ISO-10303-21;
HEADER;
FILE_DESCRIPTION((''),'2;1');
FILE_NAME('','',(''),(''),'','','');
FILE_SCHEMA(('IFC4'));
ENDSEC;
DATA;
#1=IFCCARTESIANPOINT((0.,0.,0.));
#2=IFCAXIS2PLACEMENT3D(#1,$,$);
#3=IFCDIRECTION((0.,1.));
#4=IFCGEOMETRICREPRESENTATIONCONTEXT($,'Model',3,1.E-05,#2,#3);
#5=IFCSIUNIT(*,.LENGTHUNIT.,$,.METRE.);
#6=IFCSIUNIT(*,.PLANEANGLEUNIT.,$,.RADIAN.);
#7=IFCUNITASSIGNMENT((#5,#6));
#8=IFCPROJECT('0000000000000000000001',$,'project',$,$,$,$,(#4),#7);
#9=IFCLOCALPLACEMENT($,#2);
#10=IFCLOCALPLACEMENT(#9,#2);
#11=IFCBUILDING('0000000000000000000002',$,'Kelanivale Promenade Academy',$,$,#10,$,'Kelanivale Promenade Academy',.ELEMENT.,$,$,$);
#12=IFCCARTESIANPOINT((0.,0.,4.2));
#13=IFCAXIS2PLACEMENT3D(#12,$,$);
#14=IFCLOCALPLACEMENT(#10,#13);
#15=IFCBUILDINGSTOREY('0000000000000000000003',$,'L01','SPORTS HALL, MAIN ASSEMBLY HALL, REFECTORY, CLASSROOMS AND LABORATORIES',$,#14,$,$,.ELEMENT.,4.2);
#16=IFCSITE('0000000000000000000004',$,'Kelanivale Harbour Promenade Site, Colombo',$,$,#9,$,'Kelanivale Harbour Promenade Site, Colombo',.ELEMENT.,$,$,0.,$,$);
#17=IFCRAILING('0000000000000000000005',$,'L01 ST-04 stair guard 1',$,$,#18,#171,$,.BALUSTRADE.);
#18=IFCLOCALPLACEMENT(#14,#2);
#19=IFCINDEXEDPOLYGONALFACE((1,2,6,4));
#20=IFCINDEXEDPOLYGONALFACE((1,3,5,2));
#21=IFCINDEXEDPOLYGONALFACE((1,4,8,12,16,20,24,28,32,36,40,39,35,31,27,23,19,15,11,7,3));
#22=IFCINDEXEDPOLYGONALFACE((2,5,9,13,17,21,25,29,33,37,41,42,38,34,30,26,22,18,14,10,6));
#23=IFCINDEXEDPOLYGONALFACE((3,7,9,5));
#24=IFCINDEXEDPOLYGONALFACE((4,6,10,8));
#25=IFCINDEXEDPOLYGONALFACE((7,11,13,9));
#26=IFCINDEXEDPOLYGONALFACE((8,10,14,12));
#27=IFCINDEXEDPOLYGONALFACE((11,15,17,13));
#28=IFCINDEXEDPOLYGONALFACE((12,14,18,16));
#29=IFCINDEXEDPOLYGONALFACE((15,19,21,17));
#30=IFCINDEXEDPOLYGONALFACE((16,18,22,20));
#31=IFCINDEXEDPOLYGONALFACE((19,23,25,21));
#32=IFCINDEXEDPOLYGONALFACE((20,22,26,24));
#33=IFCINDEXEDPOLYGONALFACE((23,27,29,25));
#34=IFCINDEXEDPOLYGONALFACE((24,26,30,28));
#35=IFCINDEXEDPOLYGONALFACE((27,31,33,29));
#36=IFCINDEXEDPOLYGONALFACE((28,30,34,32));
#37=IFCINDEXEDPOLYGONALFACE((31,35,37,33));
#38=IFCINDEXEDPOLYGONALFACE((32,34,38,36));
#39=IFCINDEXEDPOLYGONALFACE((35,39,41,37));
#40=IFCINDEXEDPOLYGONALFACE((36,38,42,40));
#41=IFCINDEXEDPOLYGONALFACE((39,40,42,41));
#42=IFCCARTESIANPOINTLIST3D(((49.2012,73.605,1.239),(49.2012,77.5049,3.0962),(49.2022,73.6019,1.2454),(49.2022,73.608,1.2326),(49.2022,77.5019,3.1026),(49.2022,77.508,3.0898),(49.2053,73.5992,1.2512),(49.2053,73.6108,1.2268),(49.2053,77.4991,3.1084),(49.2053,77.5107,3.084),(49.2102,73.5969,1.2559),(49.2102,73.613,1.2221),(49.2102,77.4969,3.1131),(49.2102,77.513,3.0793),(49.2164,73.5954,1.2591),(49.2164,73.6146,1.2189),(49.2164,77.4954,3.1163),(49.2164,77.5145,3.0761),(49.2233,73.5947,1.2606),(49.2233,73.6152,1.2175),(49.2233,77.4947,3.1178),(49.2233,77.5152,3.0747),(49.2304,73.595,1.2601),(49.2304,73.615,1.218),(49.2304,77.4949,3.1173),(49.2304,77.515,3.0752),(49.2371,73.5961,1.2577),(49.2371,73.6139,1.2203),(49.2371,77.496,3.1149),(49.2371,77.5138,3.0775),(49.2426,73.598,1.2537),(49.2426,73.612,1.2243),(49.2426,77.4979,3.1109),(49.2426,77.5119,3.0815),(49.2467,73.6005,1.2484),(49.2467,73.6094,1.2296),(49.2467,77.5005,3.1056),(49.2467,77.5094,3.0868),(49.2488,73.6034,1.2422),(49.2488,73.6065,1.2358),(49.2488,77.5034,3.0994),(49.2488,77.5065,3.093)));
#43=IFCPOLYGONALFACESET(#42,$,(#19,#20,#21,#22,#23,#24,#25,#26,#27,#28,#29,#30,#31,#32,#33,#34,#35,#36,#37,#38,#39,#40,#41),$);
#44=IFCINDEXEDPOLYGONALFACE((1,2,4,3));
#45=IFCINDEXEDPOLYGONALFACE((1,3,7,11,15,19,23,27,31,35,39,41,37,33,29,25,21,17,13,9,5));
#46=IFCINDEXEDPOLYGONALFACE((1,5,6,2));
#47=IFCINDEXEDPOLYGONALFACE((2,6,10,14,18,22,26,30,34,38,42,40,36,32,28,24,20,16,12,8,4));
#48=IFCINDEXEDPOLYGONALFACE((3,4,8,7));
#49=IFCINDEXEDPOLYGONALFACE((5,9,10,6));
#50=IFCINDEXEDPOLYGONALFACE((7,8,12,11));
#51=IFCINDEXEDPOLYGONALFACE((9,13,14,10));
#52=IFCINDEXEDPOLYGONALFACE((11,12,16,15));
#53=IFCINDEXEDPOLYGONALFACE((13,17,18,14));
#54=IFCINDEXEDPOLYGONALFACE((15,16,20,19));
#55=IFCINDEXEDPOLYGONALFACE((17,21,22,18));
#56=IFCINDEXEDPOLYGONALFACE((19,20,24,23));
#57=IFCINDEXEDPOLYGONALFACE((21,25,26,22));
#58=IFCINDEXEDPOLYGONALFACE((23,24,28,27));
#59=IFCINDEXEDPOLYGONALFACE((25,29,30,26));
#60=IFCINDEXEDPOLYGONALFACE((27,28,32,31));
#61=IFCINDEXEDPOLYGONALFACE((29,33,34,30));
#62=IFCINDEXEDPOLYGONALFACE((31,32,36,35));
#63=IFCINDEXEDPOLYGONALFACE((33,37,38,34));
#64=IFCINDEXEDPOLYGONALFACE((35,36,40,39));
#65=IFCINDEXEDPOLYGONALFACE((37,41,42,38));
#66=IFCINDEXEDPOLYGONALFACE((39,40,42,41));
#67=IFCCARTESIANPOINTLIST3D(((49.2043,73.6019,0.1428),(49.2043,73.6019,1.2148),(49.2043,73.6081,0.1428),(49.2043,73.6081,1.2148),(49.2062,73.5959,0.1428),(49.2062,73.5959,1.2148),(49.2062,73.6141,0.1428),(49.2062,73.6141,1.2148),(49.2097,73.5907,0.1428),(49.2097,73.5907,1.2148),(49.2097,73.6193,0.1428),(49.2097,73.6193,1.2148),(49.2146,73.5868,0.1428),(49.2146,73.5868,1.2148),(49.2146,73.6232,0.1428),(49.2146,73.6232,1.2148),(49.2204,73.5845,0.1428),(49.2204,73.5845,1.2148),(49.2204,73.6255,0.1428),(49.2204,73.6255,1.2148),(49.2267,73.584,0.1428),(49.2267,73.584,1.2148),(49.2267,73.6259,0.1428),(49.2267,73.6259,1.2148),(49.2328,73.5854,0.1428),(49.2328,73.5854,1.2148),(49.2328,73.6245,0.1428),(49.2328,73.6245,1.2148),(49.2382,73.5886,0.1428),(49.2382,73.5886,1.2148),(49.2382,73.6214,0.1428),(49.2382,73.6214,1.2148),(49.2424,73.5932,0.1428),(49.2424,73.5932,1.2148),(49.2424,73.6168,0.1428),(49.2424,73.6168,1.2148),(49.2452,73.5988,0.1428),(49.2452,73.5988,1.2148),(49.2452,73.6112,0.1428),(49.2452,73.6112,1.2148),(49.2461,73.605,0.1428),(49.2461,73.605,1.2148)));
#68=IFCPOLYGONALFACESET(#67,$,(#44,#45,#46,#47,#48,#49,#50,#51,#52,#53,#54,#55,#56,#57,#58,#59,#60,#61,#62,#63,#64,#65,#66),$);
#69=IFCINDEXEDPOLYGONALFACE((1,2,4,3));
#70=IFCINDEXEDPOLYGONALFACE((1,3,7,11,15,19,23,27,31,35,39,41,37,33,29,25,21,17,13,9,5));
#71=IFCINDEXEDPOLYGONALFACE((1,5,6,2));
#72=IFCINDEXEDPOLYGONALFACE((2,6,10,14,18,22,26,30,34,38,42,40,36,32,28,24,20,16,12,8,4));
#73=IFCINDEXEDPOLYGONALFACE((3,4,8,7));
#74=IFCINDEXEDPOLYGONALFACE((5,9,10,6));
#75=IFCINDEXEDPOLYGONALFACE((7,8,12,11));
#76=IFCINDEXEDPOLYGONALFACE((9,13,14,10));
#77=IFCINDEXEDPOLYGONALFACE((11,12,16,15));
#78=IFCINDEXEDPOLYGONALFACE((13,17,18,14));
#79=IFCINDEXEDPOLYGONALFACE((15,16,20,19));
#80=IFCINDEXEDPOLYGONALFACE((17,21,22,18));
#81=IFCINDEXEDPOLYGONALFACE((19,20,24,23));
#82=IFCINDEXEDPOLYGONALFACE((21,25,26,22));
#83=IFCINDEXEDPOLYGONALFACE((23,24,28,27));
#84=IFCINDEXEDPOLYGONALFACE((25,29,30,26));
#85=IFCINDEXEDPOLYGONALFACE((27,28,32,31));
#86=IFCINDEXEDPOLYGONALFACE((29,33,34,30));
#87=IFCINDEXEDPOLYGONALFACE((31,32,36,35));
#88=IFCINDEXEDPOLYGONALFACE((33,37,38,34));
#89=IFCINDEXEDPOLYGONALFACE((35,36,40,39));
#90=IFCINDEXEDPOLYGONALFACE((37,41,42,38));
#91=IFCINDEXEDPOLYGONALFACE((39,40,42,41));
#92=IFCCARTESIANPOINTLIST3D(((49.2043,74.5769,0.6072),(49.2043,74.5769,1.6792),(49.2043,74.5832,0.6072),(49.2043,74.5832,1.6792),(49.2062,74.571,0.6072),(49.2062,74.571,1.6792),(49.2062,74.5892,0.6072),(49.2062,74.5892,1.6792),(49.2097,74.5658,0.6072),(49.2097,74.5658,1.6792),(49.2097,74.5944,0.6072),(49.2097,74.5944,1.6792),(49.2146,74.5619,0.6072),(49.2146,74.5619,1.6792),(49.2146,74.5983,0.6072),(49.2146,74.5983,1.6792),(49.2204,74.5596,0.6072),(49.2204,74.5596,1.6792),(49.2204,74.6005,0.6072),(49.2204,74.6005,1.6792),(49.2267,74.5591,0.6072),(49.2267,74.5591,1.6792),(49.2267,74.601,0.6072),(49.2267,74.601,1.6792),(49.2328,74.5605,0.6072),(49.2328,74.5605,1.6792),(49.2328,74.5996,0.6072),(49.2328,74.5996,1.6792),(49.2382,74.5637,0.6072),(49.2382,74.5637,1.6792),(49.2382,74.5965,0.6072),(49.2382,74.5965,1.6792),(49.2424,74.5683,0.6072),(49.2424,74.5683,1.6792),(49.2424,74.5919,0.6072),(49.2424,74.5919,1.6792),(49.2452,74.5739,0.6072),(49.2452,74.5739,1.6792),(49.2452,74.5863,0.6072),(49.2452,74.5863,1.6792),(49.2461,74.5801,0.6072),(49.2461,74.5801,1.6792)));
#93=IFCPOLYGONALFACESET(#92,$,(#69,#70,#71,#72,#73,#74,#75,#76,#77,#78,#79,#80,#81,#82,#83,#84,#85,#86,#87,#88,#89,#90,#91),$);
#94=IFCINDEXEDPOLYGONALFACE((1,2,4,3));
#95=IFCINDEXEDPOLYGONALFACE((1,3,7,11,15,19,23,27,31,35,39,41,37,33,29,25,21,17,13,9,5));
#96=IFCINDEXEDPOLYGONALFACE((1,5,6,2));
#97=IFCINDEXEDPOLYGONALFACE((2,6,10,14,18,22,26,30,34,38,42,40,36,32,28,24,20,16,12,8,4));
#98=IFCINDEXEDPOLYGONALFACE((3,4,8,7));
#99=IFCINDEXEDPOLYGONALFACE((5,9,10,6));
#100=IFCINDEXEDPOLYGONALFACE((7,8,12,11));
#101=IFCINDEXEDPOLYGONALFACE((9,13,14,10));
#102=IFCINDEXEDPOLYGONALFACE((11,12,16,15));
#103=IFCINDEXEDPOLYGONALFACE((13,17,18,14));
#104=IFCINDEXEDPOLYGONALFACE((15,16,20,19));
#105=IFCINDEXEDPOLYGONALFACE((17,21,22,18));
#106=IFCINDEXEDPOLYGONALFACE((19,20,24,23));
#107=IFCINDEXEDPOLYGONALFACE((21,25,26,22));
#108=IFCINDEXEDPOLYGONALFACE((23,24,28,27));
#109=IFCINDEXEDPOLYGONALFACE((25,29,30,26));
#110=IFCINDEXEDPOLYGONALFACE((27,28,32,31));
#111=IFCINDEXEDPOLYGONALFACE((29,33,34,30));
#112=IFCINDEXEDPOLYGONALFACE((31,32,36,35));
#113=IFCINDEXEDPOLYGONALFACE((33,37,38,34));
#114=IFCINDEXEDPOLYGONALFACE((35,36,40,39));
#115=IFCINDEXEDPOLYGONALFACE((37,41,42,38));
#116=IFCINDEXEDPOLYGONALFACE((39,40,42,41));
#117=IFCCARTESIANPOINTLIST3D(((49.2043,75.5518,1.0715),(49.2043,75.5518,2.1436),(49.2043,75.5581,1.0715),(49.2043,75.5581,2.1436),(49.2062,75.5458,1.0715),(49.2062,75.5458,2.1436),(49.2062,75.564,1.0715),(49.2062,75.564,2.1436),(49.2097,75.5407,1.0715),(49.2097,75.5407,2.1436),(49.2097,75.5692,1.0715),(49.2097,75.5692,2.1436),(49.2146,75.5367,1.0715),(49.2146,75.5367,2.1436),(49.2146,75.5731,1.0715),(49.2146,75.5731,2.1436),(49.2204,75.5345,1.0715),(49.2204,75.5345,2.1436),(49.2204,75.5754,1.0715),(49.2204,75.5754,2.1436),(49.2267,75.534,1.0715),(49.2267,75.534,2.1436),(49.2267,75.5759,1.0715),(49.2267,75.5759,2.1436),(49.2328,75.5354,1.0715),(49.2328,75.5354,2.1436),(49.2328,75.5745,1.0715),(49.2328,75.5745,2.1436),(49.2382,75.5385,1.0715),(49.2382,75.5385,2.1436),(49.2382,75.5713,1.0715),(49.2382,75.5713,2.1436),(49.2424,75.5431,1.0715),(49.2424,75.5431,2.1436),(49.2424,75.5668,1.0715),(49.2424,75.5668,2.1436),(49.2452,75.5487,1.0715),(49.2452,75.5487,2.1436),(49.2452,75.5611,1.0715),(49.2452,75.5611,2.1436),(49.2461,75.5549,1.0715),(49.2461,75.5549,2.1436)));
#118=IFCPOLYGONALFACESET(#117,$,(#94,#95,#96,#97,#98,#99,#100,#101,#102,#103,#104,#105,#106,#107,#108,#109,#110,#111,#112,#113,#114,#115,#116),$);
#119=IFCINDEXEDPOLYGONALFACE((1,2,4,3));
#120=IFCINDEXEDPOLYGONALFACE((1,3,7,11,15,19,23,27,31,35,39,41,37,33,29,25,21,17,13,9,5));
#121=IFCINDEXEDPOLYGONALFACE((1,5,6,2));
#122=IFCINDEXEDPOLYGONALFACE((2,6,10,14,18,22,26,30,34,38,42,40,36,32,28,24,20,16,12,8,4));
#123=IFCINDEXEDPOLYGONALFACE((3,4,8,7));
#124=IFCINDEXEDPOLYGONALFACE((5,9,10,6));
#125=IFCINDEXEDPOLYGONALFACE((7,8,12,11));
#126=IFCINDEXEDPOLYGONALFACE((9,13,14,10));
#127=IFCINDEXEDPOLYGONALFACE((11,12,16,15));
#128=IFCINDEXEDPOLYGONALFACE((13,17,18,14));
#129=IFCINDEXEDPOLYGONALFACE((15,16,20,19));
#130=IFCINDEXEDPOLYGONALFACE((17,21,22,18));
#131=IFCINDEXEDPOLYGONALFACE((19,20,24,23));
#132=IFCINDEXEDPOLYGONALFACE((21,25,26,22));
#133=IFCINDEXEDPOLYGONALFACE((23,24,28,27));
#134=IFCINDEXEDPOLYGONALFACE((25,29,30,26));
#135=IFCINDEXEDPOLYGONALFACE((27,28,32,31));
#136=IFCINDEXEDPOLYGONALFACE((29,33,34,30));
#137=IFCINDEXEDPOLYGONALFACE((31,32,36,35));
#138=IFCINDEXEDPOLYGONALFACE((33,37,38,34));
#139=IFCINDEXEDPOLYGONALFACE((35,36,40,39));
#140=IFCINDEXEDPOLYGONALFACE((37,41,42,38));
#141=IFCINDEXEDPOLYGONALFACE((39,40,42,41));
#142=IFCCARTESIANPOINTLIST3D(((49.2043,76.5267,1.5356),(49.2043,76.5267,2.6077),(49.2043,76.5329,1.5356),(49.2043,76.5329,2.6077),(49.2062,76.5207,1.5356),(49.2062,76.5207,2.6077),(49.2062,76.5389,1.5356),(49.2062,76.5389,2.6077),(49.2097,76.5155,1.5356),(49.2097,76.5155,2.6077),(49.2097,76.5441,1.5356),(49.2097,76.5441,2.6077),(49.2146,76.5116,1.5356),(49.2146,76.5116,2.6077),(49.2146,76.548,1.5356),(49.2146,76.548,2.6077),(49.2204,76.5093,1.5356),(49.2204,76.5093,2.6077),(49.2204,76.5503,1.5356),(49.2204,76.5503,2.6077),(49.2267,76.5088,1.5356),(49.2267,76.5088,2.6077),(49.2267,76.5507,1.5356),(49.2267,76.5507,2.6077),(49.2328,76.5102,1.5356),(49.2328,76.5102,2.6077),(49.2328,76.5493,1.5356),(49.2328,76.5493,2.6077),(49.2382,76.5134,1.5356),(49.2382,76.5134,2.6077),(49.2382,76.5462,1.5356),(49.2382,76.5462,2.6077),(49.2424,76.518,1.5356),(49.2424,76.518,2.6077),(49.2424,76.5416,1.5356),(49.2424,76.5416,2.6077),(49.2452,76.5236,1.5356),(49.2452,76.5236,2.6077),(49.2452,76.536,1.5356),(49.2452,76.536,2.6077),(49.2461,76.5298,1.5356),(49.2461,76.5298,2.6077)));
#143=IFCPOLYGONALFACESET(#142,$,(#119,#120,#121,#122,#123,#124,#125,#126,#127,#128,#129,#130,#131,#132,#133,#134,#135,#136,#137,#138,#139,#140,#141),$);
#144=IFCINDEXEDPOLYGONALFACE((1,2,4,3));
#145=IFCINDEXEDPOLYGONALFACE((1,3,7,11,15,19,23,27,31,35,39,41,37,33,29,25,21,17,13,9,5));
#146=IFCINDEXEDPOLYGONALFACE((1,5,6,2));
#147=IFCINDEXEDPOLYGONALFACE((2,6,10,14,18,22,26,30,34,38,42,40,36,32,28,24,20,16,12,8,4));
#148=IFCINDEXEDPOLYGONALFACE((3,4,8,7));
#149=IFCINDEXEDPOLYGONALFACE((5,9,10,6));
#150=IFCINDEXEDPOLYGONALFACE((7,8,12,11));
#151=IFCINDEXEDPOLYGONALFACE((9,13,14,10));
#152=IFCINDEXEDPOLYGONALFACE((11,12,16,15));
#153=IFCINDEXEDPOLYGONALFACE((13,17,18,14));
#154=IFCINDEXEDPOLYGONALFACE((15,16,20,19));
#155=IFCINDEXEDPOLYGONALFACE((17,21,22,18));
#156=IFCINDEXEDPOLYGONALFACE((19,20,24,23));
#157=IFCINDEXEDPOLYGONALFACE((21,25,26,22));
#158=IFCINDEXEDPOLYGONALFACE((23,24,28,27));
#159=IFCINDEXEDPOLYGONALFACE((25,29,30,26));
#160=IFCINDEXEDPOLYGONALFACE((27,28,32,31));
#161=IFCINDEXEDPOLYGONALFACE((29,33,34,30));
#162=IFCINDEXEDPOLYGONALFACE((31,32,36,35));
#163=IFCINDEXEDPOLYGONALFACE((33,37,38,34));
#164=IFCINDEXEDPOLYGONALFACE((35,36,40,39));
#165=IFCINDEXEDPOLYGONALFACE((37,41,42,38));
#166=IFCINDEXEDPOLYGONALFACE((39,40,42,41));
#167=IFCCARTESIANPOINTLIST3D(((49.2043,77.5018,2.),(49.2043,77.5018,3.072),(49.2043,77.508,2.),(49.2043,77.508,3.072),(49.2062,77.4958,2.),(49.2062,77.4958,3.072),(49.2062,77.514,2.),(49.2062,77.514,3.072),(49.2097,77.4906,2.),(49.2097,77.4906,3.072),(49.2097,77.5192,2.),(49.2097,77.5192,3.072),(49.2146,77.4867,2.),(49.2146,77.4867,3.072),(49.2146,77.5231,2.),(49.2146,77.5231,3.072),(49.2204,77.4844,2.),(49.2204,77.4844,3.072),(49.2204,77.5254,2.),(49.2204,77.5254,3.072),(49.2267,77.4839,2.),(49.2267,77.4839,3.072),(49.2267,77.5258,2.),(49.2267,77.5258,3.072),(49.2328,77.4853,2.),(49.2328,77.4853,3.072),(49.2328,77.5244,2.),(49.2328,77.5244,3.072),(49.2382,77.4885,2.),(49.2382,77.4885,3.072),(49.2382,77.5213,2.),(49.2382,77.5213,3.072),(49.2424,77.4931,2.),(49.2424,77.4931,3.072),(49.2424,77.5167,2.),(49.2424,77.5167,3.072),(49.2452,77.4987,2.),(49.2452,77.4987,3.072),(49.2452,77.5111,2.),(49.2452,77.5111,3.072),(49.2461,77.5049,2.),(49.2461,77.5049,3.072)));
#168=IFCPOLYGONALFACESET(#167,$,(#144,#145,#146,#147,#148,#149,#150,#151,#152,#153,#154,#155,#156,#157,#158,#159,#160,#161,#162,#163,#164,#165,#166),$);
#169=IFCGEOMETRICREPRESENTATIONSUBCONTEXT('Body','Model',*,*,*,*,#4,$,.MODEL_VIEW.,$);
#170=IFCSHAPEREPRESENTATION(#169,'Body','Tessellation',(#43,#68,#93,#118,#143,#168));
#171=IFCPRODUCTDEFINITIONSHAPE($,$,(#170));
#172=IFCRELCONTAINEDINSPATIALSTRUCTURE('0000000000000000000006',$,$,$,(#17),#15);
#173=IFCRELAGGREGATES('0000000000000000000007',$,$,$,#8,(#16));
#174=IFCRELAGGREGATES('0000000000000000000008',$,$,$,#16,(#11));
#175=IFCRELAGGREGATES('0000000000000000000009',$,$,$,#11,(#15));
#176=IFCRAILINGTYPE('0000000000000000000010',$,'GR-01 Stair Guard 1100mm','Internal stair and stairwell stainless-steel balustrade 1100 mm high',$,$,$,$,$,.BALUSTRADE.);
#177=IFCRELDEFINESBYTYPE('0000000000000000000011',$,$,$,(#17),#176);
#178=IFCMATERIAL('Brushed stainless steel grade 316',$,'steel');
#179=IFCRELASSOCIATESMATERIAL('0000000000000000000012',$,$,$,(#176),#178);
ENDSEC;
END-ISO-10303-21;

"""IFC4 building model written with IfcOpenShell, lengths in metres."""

from ifc_helpers import new_model, si_unit, direction, frame, origin, origin_2d, place, context, subcontext, project, spatial, circle, extrude, material, type_object, element, save


model = new_model("IFC4")

# Units and contexts
model_context = context("Model", 3, precision=1e-05, world=origin(), true_north=direction((0.0, 1.0)))
body_context = subcontext(model_context, "Body", "Model", "MODEL_VIEW")
ifc_project = project(units=[si_unit("LENGTHUNIT", "METRE"), si_unit("PLANEANGLEUNIT", "RADIAN")], contexts=[model_context])

# Site, building, storey
site_placement = place(None, origin())
site = spatial("IfcSite", under=ifc_project, at=site_placement, Name="Kelanivale Harbour Promenade Site, Colombo", LongName="Kelanivale Harbour Promenade Site, Colombo", CompositionType="ELEMENT", RefElevation=0.0)
building_placement = place(site_placement, origin())
building = spatial("IfcBuilding", under=site, at=building_placement, Name="Kelanivale Promenade Academy", LongName="Kelanivale Promenade Academy", CompositionType="ELEMENT")
storey_placement = place(building_placement, frame((0.0, 0.0, 4.2)))
storey = spatial("IfcBuildingStorey", under=building, at=storey_placement, Name="L01", Description="SPORTS HALL, MAIN ASSEMBLY HALL, REFECTORY, CLASSROOMS AND LABORATORIES", CompositionType="ELEMENT", Elevation=4.2)

# Railing
ifc_material_1 = material(Name="Brushed stainless steel grade 316", Category="steel")
railing_type_1 = type_object("IfcRailingType", Name="GR-01 Stair Guard 1100mm", Description="Internal stair and stairwell stainless-steel balustrade 1100 mm high", PredefinedType="BALUSTRADE", material=ifc_material_1)
railing_1_placement = place(storey_placement, frame((49.2251, 73.605, 0.1428)))
element("IfcRailing", 1, at=railing_1_placement, inside=storey, type_object=railing_type_1, Name="L01 ST-04 stair guard 1", PredefinedType="BALUSTRADE", context=body_context, shape_type="SweptSolid", body=[
    extrude(circle(Radius=0.0239, at=origin_2d()), frame((0.0, 0.0, 1.0962), z_axis=(0.0, 0.902853, 0.429949), x_axis=(-1.0, 0.0, 0.0)), (0.0, 0.0, 1.0), 4.3196),
    extrude(circle(Radius=0.021, at=origin_2d()), origin(), (0.0, 0.0, 1.0), 1.072),
    extrude(circle(Radius=0.021, at=origin_2d()), frame((0.0, 0.9751, 0.4644)), (0.0, 0.0, 1.0), 1.072),
    extrude(circle(Radius=0.021, at=origin_2d()), frame((0.0, 1.95, 0.9287)), (0.0, 0.0, 1.0), 1.072),
    extrude(circle(Radius=0.021, at=origin_2d()), frame((0.0, 2.9248, 1.3928)), (0.0, 0.0, 1.0), 1.072),
    extrude(circle(Radius=0.021, at=origin_2d()), frame((0.0, 3.8999, 1.8572)), (0.0, 0.0, 1.0), 1.072),
])

save(model, "model.ifc")
